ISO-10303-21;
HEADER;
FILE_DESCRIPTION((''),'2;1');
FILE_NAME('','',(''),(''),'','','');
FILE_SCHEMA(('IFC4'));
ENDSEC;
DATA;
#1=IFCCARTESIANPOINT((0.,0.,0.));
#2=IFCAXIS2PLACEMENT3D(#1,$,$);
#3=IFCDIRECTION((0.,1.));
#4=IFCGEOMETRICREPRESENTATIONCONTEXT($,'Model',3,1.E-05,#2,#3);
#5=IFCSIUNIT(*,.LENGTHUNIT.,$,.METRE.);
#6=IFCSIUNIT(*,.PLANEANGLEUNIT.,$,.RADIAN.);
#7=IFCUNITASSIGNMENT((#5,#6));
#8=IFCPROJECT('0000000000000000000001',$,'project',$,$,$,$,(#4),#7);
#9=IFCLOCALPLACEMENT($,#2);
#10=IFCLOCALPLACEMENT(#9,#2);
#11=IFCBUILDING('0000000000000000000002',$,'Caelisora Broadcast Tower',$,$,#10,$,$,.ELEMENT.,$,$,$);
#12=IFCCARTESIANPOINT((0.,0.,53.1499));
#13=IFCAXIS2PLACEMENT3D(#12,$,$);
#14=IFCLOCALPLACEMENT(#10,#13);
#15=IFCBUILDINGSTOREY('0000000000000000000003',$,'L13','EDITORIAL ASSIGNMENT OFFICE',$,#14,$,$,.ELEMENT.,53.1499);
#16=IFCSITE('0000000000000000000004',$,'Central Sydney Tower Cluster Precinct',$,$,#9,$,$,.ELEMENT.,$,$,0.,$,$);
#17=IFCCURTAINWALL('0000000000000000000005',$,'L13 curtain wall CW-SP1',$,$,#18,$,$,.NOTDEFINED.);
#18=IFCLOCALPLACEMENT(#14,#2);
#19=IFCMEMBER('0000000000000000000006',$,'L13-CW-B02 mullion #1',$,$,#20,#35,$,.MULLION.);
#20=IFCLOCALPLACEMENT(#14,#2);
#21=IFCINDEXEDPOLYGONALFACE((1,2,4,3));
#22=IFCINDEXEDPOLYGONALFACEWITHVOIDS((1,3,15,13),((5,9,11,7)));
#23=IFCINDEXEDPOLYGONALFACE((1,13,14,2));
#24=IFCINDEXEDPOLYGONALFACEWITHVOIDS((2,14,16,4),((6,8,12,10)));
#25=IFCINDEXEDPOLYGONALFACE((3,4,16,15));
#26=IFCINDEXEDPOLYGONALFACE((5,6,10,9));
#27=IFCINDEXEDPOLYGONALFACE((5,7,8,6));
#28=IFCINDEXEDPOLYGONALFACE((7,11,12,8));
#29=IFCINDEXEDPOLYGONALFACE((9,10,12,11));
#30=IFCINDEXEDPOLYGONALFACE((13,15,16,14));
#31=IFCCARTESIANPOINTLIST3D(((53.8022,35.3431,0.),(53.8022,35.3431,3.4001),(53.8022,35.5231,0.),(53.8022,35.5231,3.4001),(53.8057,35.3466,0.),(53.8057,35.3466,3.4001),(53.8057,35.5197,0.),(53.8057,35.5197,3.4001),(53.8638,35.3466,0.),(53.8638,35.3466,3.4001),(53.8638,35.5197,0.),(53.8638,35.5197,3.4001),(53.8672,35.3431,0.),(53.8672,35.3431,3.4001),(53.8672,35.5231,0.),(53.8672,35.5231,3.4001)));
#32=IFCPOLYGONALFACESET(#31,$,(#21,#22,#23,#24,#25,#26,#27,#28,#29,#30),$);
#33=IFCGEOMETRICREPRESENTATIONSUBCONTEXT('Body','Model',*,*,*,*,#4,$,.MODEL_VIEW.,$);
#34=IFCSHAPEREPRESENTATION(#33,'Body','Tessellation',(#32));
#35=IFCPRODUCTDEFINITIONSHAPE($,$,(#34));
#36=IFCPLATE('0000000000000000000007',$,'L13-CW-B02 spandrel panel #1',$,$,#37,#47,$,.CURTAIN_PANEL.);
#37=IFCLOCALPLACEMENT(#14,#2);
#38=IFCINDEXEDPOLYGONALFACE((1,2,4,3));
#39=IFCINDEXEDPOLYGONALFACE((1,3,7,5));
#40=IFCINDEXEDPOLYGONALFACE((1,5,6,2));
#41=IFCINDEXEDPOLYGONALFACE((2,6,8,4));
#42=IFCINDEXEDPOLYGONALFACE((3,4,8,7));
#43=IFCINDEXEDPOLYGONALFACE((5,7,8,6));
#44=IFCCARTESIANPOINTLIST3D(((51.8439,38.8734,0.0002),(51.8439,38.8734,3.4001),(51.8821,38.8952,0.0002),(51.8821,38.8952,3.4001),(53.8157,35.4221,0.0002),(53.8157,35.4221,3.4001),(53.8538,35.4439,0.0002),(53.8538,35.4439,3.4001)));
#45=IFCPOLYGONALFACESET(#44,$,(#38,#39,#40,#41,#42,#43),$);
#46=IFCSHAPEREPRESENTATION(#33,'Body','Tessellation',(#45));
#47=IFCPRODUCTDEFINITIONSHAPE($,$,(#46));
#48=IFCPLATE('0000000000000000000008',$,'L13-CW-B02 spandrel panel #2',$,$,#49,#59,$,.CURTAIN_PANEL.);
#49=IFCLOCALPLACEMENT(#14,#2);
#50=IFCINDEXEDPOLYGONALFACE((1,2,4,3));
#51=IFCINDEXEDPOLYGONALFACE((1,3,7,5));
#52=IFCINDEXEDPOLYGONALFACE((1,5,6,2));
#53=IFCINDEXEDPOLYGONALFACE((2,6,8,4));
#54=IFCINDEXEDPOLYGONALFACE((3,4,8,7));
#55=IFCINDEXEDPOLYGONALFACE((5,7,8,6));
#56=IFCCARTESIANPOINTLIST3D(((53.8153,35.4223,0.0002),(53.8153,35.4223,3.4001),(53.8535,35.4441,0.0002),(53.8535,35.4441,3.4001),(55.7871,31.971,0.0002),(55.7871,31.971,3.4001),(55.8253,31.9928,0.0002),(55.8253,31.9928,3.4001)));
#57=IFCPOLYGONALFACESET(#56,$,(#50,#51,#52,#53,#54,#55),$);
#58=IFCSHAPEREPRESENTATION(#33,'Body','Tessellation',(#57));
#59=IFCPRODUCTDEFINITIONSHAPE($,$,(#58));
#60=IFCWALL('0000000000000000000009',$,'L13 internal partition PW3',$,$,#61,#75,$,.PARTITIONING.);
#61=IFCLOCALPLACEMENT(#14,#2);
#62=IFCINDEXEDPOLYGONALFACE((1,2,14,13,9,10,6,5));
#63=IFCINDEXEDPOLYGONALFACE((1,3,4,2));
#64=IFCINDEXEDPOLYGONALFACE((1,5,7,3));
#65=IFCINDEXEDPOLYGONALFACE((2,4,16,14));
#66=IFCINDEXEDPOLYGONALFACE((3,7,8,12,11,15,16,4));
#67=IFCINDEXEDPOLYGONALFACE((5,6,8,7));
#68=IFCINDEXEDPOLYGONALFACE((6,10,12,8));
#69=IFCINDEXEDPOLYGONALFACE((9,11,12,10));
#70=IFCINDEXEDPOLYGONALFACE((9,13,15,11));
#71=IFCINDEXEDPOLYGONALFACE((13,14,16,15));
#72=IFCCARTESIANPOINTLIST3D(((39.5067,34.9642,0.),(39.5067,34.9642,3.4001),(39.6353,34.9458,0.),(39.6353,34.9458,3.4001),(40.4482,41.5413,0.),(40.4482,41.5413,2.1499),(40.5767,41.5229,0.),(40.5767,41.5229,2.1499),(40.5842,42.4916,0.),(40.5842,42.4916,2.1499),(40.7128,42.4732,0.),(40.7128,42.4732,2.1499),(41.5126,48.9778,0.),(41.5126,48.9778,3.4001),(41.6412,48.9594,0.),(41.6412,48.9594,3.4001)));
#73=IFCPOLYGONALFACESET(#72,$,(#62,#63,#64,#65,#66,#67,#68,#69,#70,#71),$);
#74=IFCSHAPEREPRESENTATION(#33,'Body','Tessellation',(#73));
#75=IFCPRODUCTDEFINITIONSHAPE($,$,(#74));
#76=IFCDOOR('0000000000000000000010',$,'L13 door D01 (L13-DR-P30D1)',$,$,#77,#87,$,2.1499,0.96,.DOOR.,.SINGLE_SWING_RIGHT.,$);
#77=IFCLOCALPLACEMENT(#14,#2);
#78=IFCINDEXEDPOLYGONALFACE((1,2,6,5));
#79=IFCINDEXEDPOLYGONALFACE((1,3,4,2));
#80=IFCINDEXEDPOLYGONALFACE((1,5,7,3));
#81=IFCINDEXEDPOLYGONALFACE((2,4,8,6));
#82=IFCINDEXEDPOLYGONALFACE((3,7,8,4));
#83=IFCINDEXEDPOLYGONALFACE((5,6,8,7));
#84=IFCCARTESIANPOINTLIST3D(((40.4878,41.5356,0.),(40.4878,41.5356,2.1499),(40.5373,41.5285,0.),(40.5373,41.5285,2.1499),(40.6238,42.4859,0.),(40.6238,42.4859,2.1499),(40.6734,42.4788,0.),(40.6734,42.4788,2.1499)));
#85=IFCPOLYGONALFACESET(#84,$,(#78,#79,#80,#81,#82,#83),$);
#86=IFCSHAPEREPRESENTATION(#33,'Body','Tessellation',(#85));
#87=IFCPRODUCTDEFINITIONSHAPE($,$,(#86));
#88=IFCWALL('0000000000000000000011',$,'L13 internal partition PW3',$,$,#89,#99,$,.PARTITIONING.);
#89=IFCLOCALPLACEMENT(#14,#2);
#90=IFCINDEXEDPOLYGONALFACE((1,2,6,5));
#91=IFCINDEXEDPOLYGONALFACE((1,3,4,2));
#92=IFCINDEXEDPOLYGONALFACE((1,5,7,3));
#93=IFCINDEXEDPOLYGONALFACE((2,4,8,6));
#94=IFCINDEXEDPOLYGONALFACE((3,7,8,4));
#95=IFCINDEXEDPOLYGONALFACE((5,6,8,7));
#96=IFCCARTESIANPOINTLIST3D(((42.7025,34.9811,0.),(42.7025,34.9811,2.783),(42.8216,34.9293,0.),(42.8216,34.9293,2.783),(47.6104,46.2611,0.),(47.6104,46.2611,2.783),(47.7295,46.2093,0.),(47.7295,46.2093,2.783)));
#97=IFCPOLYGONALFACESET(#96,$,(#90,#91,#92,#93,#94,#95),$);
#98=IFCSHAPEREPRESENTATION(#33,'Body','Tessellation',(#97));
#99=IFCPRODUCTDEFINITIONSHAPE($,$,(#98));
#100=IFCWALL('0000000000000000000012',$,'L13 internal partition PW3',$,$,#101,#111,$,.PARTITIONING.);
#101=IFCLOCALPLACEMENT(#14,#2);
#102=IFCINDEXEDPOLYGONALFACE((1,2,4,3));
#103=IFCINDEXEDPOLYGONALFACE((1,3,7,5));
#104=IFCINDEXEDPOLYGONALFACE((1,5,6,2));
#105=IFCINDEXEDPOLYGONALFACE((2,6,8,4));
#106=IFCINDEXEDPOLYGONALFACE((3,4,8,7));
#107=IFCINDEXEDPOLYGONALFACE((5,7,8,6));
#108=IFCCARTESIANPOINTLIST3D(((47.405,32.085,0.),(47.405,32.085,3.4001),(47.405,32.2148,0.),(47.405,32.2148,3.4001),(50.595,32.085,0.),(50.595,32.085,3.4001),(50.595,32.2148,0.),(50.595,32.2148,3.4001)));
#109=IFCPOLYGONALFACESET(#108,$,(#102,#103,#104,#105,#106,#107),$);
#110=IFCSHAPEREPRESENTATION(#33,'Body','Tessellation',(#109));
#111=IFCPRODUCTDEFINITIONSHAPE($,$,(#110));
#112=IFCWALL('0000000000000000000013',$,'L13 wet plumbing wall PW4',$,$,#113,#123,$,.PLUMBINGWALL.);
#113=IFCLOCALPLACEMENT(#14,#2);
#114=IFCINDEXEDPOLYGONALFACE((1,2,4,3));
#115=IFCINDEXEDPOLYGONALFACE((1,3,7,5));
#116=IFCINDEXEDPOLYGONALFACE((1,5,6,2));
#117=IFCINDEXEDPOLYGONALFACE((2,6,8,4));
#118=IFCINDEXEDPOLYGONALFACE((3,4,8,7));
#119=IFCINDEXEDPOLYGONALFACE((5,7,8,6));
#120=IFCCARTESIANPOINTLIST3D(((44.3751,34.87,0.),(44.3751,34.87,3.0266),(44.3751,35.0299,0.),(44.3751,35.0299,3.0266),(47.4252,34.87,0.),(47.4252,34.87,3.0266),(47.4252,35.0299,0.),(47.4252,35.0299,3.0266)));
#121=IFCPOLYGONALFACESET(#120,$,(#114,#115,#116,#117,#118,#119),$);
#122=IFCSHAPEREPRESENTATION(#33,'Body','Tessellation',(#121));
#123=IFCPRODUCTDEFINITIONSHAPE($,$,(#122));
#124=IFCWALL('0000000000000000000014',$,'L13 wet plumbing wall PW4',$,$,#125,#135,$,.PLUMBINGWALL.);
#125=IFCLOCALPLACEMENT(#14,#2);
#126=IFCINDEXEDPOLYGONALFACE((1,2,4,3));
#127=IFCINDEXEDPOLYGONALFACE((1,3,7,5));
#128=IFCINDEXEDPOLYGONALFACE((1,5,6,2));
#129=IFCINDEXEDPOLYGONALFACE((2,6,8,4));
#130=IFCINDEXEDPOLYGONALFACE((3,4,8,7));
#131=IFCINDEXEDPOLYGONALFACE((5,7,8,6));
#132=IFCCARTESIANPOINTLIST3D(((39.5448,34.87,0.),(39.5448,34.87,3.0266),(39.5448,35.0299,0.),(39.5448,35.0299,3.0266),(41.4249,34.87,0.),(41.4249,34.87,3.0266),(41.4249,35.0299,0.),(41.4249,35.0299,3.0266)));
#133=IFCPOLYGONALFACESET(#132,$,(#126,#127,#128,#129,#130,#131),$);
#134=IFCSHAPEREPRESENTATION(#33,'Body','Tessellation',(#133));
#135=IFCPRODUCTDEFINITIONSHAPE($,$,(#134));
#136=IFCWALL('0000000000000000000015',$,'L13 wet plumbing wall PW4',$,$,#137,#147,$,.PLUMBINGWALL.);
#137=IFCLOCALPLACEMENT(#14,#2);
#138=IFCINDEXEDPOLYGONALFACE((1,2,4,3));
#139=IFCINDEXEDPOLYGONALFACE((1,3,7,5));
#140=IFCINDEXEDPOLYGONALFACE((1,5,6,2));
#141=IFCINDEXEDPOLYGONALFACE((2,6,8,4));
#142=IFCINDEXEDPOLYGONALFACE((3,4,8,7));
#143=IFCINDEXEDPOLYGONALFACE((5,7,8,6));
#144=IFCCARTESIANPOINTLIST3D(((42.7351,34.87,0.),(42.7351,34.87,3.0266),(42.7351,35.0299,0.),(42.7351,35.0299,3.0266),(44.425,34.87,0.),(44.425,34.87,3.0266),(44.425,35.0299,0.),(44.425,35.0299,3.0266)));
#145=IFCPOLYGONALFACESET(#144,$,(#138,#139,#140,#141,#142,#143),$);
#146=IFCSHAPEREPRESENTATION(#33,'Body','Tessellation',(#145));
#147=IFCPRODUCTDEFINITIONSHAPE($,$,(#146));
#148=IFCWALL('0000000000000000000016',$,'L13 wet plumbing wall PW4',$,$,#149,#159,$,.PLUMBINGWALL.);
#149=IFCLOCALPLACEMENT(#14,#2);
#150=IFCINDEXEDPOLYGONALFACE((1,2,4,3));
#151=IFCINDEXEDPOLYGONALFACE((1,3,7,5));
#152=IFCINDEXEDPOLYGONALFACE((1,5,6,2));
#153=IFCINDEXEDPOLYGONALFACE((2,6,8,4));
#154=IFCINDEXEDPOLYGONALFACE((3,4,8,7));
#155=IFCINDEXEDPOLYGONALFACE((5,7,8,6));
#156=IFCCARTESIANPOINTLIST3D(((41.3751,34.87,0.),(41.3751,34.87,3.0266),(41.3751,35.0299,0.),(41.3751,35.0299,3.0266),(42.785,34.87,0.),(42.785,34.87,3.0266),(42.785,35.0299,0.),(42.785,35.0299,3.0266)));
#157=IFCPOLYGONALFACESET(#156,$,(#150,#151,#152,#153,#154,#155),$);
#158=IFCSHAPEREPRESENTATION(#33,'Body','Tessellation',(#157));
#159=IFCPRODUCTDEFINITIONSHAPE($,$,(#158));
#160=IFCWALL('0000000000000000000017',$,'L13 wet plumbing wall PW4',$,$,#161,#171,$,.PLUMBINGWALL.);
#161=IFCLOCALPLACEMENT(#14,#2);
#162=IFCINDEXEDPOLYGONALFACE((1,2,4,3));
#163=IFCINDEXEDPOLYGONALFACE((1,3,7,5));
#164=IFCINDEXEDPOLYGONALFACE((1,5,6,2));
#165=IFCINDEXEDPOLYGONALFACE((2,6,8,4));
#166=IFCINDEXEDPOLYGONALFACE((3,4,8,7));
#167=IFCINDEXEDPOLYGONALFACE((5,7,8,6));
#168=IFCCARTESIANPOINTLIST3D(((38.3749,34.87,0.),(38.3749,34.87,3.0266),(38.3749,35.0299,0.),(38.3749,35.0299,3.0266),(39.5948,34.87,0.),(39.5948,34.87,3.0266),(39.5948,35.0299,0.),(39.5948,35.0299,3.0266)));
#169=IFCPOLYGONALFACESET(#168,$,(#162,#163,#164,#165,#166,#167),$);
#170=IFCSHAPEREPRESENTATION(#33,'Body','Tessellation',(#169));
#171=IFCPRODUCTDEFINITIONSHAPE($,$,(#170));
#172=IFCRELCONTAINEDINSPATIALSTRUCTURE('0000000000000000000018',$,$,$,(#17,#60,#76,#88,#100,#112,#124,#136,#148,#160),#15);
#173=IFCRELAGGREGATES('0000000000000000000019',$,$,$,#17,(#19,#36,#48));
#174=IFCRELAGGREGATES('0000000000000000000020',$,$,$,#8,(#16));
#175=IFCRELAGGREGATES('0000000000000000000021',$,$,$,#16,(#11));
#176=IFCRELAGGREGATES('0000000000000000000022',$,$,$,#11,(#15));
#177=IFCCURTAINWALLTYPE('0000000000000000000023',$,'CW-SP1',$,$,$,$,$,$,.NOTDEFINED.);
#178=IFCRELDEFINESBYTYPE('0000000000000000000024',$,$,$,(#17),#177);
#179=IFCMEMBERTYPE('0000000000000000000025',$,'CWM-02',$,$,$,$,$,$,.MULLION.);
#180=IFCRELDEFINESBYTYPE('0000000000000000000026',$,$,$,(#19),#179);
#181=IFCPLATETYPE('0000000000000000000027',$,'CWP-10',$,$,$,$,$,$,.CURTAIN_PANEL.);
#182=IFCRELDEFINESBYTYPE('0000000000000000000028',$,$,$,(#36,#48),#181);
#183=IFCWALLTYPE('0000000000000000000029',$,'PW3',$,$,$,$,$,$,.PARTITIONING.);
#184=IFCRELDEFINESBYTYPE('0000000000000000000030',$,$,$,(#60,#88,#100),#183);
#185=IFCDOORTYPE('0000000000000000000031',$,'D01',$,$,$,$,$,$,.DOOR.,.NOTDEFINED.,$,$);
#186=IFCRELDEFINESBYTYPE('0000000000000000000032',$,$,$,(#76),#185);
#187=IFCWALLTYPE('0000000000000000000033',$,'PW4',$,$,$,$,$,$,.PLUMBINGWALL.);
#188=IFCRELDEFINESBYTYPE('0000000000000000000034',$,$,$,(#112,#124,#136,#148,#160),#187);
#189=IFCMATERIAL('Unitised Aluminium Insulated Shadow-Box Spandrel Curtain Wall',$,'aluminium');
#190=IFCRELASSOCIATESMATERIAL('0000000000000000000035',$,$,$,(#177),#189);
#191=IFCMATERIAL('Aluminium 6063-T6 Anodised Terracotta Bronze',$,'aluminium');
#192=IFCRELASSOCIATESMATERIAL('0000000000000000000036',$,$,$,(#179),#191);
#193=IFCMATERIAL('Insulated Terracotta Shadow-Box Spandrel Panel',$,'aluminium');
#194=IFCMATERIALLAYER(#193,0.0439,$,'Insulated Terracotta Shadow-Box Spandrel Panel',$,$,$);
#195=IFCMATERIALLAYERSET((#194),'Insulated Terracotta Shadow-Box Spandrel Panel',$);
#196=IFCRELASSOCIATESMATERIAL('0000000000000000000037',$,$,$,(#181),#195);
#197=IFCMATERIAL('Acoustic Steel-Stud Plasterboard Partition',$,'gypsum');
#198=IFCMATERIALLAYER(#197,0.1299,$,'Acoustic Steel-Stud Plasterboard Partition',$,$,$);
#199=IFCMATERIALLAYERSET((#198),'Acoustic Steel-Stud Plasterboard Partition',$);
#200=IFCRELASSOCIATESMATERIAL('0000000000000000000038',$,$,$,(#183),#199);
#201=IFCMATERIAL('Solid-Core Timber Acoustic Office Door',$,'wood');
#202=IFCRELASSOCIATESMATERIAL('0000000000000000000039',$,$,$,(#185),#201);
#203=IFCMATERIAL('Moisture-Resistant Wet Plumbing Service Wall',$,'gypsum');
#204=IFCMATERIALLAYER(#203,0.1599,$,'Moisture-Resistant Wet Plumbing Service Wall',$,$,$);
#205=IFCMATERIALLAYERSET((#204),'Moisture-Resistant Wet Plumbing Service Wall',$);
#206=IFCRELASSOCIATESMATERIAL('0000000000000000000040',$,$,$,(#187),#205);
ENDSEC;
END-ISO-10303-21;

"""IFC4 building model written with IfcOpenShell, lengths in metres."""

from ifc_helpers import new_model, si_unit, direction, frame, frame_2d, origin, origin_2d, place, context, subcontext, project, spatial, rectangle, hollow_rectangle, extrude, source, transform, mapped, material, layer, layer_set, material_profile, profile_set, type_object, type_shapes, element, fill, aggregate, save


model = new_model("IFC4")

# Units and contexts
model_context = context("Model", 3, precision=1e-05, world=origin(), true_north=direction((0.0, 1.0)))
body_context = subcontext(model_context, "Body", "Model", "MODEL_VIEW")
ifc_project = project(units=[si_unit("LENGTHUNIT", "METRE"), si_unit("PLANEANGLEUNIT", "RADIAN")], contexts=[model_context])

# Site, building, storey
site_placement = place(None, origin())
site = spatial("IfcSite", under=ifc_project, at=site_placement, Name="Central Sydney Tower Cluster Precinct", CompositionType="ELEMENT", RefElevation=0.0)
building_placement = place(site_placement, origin())
building = spatial("IfcBuilding", under=site, at=building_placement, Name="Caelisora Broadcast Tower", CompositionType="ELEMENT")
storey_placement = place(building_placement, frame((0.0, 0.0, 53.1499)))
storey = spatial("IfcBuildingStorey", under=building, at=storey_placement, Name="L13", Description="EDITORIAL ASSIGNMENT OFFICE", CompositionType="ELEMENT", Elevation=53.1499)

# Curtain wall, member, plates
ifc_material_1 = material(Name="Unitised Aluminium Insulated Shadow-Box Spandrel Curtain Wall", Category="aluminium")
curtain_wall_type = type_object("IfcCurtainWallType", Name="CW-SP1", PredefinedType="NOTDEFINED", material=ifc_material_1)
curtain_wall_placement = place(storey_placement, origin())
curtain_wall = element("IfcCurtainWall", 1, at=curtain_wall_placement, inside=storey, type_object=curtain_wall_type, Name="L13 curtain wall CW-SP1", PredefinedType="NOTDEFINED")
ifc_material_2 = material(Name="Aluminium 6063-T6 Anodised Terracotta Bronze", Category="aluminium")
ifc_material_profile_1 = material_profile(ifc_material_2, hollow_rectangle(XDim=0.0649, YDim=0.1799, WallThickness=0.0034, at=origin_2d()), Name="Aluminium 6063-T6 Anodised Terracotta Bronze")
ifc_profile_set_1 = profile_set([ifc_material_profile_1], Name="Aluminium 6063-T6 Anodised Terracotta Bronze")
member_type = type_object("IfcMemberType", Name="CWM-02", PredefinedType="MULLION", material=ifc_profile_set_1)
shared_shape_1 = source(origin(), body_context, "Body", "SweptSolid", [
    extrude(hollow_rectangle(XDim=0.0649, YDim=0.1799, WallThickness=0.0034, at=origin_2d()), origin(), (0.0, 0.0, 1.0), 3.4001),
])
type_shapes(member_type, [shared_shape_1])
member_placement = place(storey_placement, frame((53.8347, 35.4331, 0.0), z_axis=(0.0, 0.0, 1.0), x_axis=(1.0, 0.0, 0.0)))
member = element("IfcMember", 2, at=member_placement, type_object=member_type, Name="L13-CW-B02 mullion #1", PredefinedType="MULLION", context=body_context, shape_type="MappedRepresentation", body=[
    mapped(shared_shape_1, transform((0.0, 0.0, 0.0), scale=1.0)),
])
ifc_material_3 = material(Name="Insulated Terracotta Shadow-Box Spandrel Panel", Category="aluminium")
ifc_layer_1 = layer(ifc_material_3, 0.0439, Name="Insulated Terracotta Shadow-Box Spandrel Panel")
ifc_layer_set_1 = layer_set([ifc_layer_1], Name="Insulated Terracotta Shadow-Box Spandrel Panel")
plate_type = type_object("IfcPlateType", Name="CWP-10", PredefinedType="CURTAIN_PANEL", material=ifc_layer_set_1)
shared_shape_2 = source(origin(), body_context, "Body", "SweptSolid", [
    extrude(rectangle(XDim=3.9749, YDim=0.0439, at=origin_2d()), origin(), (0.0, 0.0, 1.0), 3.3999),
])
type_shapes(plate_type, [shared_shape_2])
plate_1_placement = place(storey_placement, frame((52.8489, 37.1587, 0.0002), z_axis=(0.0, 0.0, 1.0), x_axis=(0.496065, -0.868285, 0.0)))
plate_1 = element("IfcPlate", 3, at=plate_1_placement, type_object=plate_type, Name="L13-CW-B02 spandrel panel #1", PredefinedType="CURTAIN_PANEL", context=body_context, shape_type="MappedRepresentation", body=[
    mapped(shared_shape_2, transform((0.0, 0.0, 0.0), scale=1.0)),
])
plate_2_placement = place(storey_placement, frame((54.8203, 33.7075, 0.0002), z_axis=(0.0, 0.0, 1.0), x_axis=(0.496065, -0.868285, 0.0)))
plate_2 = element("IfcPlate", 4, at=plate_2_placement, type_object=plate_type, Name="L13-CW-B02 spandrel panel #2", PredefinedType="CURTAIN_PANEL", context=body_context, shape_type="MappedRepresentation", body=[
    mapped(shared_shape_2, transform((0.0, 0.0, 0.0), scale=1.0)),
])
aggregate(curtain_wall, [member, plate_1, plate_2])

# Wall, opening, door
ifc_material_4 = material(Name="Acoustic Steel-Stud Plasterboard Partition", Category="gypsum")
ifc_layer_2 = layer(ifc_material_4, 0.1299, Name="Acoustic Steel-Stud Plasterboard Partition")
ifc_layer_set_2 = layer_set([ifc_layer_2], Name="Acoustic Steel-Stud Plasterboard Partition")
wall_type_1 = type_object("IfcWallType", Name="PW3", PredefinedType="PARTITIONING", material=ifc_layer_set_2)
wall_1_placement = place(storey_placement, frame((39.571, 34.9551, 0.0), z_axis=(0.0, 0.0, 1.0), x_axis=(0.141692, 0.989911, 0.0)))
wall_1 = element("IfcWall", 5, at=wall_1_placement, inside=storey, type_object=wall_type_1, Name="L13 internal partition PW3", PredefinedType="PARTITIONING", context=body_context, shape_type="SweptSolid", body=[
    extrude(rectangle(XDim=14.1565, YDim=0.1299, at=frame_2d((7.0781, 0.0))), origin(), (0.0, 0.0, 1.0), 3.4001),
])
opening_placement = place(wall_1_placement, frame((6.644, 0.0, 0.0)))
opening = element("IfcOpeningElement", 6, at=opening_placement, cuts=wall_1, PredefinedType="OPENING", context=body_context, shape_type="SweptSolid", body=[
    extrude(rectangle(XDim=0.96, YDim=2.1499, at=frame_2d((0.48, 1.075))), frame((0.0, 0.0769, 0.0), z_axis=(0.0, -1.0, 0.0), x_axis=(1.0, 0.0, 0.0)), (0.0, 0.0, 1.0), 0.1538),
])
ifc_material_5 = material(Name="Solid-Core Timber Acoustic Office Door", Category="wood")
door_type = type_object("IfcDoorType", Name="D01", OperationType="NOTDEFINED", PredefinedType="DOOR", material=ifc_material_5)
door_placement = place(opening_placement, origin())
door = element("IfcDoor", 7, at=door_placement, inside=storey, type_object=door_type, Name="L13 door D01 (L13-DR-P30D1)", OperationType="SINGLE_SWING_RIGHT", OverallHeight=2.1499, OverallWidth=0.96, PredefinedType="DOOR", context=body_context, shape_type="SweptSolid", body=[
    extrude(rectangle(XDim=0.96, YDim=2.1499, at=frame_2d((0.48, 1.075))), frame((0.0, 0.0249, 0.0), z_axis=(0.0, -1.0, 0.0), x_axis=(1.0, 0.0, 0.0)), (0.0, 0.0, 1.0), 0.05),
])
fill(opening, door)

# Walls
wall_2_placement = place(storey_placement, frame((42.762, 34.9551, 0.0), z_axis=(0.0, 0.0, 1.0), x_axis=(0.398972, 0.916963, 0.0)))
element("IfcWall", 8, at=wall_2_placement, inside=storey, type_object=wall_type_1, Name="L13 internal partition PW3", PredefinedType="PARTITIONING", context=body_context, shape_type="SweptSolid", body=[
    extrude(rectangle(XDim=12.3015, YDim=0.1299, at=frame_2d((6.1509, 0.0))), origin(), (0.0, 0.0, 1.0), 2.783),
])
wall_3_placement = place(storey_placement, frame((47.405, 32.1499, 0.0), z_axis=(0.0, 0.0, 1.0), x_axis=(1.0, 0.0, 0.0)))
element("IfcWall", 9, at=wall_3_placement, inside=storey, type_object=wall_type_1, Name="L13 internal partition PW3", PredefinedType="PARTITIONING", context=body_context, shape_type="SweptSolid", body=[
    extrude(rectangle(XDim=3.1899, YDim=0.1299, at=frame_2d((1.595, 0.0))), origin(), (0.0, 0.0, 1.0), 3.4001),
])
ifc_material_6 = material(Name="Moisture-Resistant Wet Plumbing Service Wall", Category="gypsum")
ifc_layer_3 = layer(ifc_material_6, 0.1599, Name="Moisture-Resistant Wet Plumbing Service Wall")
ifc_layer_set_3 = layer_set([ifc_layer_3], Name="Moisture-Resistant Wet Plumbing Service Wall")
wall_type_2 = type_object("IfcWallType", Name="PW4", PredefinedType="PLUMBINGWALL", material=ifc_layer_set_3)
wall_4_placement = place(storey_placement, frame((47.425, 34.95, 0.0), z_axis=(0.0, 0.0, 1.0), x_axis=(-1.0, 0.0, 0.0)))
element("IfcWall", 10, at=wall_4_placement, inside=storey, type_object=wall_type_2, Name="L13 wet plumbing wall PW4", PredefinedType="PLUMBINGWALL", context=body_context, shape_type="SweptSolid", body=[
    extrude(rectangle(XDim=3.05, YDim=0.1599, at=frame_2d((1.5249, 0.0))), origin(), (0.0, 0.0, 1.0), 3.0266),
])
wall_5_placement = place(storey_placement, frame((39.5449, 34.95, 0.0), z_axis=(0.0, 0.0, 1.0), x_axis=(1.0, 0.0, 0.0)))
element("IfcWall", 11, at=wall_5_placement, inside=storey, type_object=wall_type_2, Name="L13 wet plumbing wall PW4", PredefinedType="PLUMBINGWALL", context=body_context, shape_type="SweptSolid", body=[
    extrude(rectangle(XDim=1.8801, YDim=0.1599, at=frame_2d((0.9399, 0.0))), origin(), (0.0, 0.0, 1.0), 3.0266),
])
wall_6_placement = place(storey_placement, frame((42.7351, 34.95, 0.0), z_axis=(0.0, 0.0, 1.0), x_axis=(1.0, 0.0, 0.0)))
element("IfcWall", 12, at=wall_6_placement, inside=storey, type_object=wall_type_2, Name="L13 wet plumbing wall PW4", PredefinedType="PLUMBINGWALL", context=body_context, shape_type="SweptSolid", body=[
    extrude(rectangle(XDim=1.6899, YDim=0.1599, at=frame_2d((0.845, 0.0))), origin(), (0.0, 0.0, 1.0), 3.0266),
])
wall_7_placement = place(storey_placement, frame((41.375, 34.95, 0.0), z_axis=(0.0, 0.0, 1.0), x_axis=(1.0, 0.0, 0.0)))
element("IfcWall", 13, at=wall_7_placement, inside=storey, type_object=wall_type_2, Name="L13 wet plumbing wall PW4", PredefinedType="PLUMBINGWALL", context=body_context, shape_type="SweptSolid", body=[
    extrude(rectangle(XDim=1.4099, YDim=0.1599, at=frame_2d((0.7051, 0.0))), origin(), (0.0, 0.0, 1.0), 3.0266),
])
wall_8_placement = place(storey_placement, frame((38.375, 34.95, 0.0), z_axis=(0.0, 0.0, 1.0), x_axis=(1.0, 0.0, 0.0)))
element("IfcWall", 14, at=wall_8_placement, inside=storey, type_object=wall_type_2, Name="L13 wet plumbing wall PW4", PredefinedType="PLUMBINGWALL", context=body_context, shape_type="SweptSolid", body=[
    extrude(rectangle(XDim=1.22, YDim=0.1599, at=frame_2d((0.6099, 0.0))), origin(), (0.0, 0.0, 1.0), 3.0266),
])

save(model, "model.ifc")
